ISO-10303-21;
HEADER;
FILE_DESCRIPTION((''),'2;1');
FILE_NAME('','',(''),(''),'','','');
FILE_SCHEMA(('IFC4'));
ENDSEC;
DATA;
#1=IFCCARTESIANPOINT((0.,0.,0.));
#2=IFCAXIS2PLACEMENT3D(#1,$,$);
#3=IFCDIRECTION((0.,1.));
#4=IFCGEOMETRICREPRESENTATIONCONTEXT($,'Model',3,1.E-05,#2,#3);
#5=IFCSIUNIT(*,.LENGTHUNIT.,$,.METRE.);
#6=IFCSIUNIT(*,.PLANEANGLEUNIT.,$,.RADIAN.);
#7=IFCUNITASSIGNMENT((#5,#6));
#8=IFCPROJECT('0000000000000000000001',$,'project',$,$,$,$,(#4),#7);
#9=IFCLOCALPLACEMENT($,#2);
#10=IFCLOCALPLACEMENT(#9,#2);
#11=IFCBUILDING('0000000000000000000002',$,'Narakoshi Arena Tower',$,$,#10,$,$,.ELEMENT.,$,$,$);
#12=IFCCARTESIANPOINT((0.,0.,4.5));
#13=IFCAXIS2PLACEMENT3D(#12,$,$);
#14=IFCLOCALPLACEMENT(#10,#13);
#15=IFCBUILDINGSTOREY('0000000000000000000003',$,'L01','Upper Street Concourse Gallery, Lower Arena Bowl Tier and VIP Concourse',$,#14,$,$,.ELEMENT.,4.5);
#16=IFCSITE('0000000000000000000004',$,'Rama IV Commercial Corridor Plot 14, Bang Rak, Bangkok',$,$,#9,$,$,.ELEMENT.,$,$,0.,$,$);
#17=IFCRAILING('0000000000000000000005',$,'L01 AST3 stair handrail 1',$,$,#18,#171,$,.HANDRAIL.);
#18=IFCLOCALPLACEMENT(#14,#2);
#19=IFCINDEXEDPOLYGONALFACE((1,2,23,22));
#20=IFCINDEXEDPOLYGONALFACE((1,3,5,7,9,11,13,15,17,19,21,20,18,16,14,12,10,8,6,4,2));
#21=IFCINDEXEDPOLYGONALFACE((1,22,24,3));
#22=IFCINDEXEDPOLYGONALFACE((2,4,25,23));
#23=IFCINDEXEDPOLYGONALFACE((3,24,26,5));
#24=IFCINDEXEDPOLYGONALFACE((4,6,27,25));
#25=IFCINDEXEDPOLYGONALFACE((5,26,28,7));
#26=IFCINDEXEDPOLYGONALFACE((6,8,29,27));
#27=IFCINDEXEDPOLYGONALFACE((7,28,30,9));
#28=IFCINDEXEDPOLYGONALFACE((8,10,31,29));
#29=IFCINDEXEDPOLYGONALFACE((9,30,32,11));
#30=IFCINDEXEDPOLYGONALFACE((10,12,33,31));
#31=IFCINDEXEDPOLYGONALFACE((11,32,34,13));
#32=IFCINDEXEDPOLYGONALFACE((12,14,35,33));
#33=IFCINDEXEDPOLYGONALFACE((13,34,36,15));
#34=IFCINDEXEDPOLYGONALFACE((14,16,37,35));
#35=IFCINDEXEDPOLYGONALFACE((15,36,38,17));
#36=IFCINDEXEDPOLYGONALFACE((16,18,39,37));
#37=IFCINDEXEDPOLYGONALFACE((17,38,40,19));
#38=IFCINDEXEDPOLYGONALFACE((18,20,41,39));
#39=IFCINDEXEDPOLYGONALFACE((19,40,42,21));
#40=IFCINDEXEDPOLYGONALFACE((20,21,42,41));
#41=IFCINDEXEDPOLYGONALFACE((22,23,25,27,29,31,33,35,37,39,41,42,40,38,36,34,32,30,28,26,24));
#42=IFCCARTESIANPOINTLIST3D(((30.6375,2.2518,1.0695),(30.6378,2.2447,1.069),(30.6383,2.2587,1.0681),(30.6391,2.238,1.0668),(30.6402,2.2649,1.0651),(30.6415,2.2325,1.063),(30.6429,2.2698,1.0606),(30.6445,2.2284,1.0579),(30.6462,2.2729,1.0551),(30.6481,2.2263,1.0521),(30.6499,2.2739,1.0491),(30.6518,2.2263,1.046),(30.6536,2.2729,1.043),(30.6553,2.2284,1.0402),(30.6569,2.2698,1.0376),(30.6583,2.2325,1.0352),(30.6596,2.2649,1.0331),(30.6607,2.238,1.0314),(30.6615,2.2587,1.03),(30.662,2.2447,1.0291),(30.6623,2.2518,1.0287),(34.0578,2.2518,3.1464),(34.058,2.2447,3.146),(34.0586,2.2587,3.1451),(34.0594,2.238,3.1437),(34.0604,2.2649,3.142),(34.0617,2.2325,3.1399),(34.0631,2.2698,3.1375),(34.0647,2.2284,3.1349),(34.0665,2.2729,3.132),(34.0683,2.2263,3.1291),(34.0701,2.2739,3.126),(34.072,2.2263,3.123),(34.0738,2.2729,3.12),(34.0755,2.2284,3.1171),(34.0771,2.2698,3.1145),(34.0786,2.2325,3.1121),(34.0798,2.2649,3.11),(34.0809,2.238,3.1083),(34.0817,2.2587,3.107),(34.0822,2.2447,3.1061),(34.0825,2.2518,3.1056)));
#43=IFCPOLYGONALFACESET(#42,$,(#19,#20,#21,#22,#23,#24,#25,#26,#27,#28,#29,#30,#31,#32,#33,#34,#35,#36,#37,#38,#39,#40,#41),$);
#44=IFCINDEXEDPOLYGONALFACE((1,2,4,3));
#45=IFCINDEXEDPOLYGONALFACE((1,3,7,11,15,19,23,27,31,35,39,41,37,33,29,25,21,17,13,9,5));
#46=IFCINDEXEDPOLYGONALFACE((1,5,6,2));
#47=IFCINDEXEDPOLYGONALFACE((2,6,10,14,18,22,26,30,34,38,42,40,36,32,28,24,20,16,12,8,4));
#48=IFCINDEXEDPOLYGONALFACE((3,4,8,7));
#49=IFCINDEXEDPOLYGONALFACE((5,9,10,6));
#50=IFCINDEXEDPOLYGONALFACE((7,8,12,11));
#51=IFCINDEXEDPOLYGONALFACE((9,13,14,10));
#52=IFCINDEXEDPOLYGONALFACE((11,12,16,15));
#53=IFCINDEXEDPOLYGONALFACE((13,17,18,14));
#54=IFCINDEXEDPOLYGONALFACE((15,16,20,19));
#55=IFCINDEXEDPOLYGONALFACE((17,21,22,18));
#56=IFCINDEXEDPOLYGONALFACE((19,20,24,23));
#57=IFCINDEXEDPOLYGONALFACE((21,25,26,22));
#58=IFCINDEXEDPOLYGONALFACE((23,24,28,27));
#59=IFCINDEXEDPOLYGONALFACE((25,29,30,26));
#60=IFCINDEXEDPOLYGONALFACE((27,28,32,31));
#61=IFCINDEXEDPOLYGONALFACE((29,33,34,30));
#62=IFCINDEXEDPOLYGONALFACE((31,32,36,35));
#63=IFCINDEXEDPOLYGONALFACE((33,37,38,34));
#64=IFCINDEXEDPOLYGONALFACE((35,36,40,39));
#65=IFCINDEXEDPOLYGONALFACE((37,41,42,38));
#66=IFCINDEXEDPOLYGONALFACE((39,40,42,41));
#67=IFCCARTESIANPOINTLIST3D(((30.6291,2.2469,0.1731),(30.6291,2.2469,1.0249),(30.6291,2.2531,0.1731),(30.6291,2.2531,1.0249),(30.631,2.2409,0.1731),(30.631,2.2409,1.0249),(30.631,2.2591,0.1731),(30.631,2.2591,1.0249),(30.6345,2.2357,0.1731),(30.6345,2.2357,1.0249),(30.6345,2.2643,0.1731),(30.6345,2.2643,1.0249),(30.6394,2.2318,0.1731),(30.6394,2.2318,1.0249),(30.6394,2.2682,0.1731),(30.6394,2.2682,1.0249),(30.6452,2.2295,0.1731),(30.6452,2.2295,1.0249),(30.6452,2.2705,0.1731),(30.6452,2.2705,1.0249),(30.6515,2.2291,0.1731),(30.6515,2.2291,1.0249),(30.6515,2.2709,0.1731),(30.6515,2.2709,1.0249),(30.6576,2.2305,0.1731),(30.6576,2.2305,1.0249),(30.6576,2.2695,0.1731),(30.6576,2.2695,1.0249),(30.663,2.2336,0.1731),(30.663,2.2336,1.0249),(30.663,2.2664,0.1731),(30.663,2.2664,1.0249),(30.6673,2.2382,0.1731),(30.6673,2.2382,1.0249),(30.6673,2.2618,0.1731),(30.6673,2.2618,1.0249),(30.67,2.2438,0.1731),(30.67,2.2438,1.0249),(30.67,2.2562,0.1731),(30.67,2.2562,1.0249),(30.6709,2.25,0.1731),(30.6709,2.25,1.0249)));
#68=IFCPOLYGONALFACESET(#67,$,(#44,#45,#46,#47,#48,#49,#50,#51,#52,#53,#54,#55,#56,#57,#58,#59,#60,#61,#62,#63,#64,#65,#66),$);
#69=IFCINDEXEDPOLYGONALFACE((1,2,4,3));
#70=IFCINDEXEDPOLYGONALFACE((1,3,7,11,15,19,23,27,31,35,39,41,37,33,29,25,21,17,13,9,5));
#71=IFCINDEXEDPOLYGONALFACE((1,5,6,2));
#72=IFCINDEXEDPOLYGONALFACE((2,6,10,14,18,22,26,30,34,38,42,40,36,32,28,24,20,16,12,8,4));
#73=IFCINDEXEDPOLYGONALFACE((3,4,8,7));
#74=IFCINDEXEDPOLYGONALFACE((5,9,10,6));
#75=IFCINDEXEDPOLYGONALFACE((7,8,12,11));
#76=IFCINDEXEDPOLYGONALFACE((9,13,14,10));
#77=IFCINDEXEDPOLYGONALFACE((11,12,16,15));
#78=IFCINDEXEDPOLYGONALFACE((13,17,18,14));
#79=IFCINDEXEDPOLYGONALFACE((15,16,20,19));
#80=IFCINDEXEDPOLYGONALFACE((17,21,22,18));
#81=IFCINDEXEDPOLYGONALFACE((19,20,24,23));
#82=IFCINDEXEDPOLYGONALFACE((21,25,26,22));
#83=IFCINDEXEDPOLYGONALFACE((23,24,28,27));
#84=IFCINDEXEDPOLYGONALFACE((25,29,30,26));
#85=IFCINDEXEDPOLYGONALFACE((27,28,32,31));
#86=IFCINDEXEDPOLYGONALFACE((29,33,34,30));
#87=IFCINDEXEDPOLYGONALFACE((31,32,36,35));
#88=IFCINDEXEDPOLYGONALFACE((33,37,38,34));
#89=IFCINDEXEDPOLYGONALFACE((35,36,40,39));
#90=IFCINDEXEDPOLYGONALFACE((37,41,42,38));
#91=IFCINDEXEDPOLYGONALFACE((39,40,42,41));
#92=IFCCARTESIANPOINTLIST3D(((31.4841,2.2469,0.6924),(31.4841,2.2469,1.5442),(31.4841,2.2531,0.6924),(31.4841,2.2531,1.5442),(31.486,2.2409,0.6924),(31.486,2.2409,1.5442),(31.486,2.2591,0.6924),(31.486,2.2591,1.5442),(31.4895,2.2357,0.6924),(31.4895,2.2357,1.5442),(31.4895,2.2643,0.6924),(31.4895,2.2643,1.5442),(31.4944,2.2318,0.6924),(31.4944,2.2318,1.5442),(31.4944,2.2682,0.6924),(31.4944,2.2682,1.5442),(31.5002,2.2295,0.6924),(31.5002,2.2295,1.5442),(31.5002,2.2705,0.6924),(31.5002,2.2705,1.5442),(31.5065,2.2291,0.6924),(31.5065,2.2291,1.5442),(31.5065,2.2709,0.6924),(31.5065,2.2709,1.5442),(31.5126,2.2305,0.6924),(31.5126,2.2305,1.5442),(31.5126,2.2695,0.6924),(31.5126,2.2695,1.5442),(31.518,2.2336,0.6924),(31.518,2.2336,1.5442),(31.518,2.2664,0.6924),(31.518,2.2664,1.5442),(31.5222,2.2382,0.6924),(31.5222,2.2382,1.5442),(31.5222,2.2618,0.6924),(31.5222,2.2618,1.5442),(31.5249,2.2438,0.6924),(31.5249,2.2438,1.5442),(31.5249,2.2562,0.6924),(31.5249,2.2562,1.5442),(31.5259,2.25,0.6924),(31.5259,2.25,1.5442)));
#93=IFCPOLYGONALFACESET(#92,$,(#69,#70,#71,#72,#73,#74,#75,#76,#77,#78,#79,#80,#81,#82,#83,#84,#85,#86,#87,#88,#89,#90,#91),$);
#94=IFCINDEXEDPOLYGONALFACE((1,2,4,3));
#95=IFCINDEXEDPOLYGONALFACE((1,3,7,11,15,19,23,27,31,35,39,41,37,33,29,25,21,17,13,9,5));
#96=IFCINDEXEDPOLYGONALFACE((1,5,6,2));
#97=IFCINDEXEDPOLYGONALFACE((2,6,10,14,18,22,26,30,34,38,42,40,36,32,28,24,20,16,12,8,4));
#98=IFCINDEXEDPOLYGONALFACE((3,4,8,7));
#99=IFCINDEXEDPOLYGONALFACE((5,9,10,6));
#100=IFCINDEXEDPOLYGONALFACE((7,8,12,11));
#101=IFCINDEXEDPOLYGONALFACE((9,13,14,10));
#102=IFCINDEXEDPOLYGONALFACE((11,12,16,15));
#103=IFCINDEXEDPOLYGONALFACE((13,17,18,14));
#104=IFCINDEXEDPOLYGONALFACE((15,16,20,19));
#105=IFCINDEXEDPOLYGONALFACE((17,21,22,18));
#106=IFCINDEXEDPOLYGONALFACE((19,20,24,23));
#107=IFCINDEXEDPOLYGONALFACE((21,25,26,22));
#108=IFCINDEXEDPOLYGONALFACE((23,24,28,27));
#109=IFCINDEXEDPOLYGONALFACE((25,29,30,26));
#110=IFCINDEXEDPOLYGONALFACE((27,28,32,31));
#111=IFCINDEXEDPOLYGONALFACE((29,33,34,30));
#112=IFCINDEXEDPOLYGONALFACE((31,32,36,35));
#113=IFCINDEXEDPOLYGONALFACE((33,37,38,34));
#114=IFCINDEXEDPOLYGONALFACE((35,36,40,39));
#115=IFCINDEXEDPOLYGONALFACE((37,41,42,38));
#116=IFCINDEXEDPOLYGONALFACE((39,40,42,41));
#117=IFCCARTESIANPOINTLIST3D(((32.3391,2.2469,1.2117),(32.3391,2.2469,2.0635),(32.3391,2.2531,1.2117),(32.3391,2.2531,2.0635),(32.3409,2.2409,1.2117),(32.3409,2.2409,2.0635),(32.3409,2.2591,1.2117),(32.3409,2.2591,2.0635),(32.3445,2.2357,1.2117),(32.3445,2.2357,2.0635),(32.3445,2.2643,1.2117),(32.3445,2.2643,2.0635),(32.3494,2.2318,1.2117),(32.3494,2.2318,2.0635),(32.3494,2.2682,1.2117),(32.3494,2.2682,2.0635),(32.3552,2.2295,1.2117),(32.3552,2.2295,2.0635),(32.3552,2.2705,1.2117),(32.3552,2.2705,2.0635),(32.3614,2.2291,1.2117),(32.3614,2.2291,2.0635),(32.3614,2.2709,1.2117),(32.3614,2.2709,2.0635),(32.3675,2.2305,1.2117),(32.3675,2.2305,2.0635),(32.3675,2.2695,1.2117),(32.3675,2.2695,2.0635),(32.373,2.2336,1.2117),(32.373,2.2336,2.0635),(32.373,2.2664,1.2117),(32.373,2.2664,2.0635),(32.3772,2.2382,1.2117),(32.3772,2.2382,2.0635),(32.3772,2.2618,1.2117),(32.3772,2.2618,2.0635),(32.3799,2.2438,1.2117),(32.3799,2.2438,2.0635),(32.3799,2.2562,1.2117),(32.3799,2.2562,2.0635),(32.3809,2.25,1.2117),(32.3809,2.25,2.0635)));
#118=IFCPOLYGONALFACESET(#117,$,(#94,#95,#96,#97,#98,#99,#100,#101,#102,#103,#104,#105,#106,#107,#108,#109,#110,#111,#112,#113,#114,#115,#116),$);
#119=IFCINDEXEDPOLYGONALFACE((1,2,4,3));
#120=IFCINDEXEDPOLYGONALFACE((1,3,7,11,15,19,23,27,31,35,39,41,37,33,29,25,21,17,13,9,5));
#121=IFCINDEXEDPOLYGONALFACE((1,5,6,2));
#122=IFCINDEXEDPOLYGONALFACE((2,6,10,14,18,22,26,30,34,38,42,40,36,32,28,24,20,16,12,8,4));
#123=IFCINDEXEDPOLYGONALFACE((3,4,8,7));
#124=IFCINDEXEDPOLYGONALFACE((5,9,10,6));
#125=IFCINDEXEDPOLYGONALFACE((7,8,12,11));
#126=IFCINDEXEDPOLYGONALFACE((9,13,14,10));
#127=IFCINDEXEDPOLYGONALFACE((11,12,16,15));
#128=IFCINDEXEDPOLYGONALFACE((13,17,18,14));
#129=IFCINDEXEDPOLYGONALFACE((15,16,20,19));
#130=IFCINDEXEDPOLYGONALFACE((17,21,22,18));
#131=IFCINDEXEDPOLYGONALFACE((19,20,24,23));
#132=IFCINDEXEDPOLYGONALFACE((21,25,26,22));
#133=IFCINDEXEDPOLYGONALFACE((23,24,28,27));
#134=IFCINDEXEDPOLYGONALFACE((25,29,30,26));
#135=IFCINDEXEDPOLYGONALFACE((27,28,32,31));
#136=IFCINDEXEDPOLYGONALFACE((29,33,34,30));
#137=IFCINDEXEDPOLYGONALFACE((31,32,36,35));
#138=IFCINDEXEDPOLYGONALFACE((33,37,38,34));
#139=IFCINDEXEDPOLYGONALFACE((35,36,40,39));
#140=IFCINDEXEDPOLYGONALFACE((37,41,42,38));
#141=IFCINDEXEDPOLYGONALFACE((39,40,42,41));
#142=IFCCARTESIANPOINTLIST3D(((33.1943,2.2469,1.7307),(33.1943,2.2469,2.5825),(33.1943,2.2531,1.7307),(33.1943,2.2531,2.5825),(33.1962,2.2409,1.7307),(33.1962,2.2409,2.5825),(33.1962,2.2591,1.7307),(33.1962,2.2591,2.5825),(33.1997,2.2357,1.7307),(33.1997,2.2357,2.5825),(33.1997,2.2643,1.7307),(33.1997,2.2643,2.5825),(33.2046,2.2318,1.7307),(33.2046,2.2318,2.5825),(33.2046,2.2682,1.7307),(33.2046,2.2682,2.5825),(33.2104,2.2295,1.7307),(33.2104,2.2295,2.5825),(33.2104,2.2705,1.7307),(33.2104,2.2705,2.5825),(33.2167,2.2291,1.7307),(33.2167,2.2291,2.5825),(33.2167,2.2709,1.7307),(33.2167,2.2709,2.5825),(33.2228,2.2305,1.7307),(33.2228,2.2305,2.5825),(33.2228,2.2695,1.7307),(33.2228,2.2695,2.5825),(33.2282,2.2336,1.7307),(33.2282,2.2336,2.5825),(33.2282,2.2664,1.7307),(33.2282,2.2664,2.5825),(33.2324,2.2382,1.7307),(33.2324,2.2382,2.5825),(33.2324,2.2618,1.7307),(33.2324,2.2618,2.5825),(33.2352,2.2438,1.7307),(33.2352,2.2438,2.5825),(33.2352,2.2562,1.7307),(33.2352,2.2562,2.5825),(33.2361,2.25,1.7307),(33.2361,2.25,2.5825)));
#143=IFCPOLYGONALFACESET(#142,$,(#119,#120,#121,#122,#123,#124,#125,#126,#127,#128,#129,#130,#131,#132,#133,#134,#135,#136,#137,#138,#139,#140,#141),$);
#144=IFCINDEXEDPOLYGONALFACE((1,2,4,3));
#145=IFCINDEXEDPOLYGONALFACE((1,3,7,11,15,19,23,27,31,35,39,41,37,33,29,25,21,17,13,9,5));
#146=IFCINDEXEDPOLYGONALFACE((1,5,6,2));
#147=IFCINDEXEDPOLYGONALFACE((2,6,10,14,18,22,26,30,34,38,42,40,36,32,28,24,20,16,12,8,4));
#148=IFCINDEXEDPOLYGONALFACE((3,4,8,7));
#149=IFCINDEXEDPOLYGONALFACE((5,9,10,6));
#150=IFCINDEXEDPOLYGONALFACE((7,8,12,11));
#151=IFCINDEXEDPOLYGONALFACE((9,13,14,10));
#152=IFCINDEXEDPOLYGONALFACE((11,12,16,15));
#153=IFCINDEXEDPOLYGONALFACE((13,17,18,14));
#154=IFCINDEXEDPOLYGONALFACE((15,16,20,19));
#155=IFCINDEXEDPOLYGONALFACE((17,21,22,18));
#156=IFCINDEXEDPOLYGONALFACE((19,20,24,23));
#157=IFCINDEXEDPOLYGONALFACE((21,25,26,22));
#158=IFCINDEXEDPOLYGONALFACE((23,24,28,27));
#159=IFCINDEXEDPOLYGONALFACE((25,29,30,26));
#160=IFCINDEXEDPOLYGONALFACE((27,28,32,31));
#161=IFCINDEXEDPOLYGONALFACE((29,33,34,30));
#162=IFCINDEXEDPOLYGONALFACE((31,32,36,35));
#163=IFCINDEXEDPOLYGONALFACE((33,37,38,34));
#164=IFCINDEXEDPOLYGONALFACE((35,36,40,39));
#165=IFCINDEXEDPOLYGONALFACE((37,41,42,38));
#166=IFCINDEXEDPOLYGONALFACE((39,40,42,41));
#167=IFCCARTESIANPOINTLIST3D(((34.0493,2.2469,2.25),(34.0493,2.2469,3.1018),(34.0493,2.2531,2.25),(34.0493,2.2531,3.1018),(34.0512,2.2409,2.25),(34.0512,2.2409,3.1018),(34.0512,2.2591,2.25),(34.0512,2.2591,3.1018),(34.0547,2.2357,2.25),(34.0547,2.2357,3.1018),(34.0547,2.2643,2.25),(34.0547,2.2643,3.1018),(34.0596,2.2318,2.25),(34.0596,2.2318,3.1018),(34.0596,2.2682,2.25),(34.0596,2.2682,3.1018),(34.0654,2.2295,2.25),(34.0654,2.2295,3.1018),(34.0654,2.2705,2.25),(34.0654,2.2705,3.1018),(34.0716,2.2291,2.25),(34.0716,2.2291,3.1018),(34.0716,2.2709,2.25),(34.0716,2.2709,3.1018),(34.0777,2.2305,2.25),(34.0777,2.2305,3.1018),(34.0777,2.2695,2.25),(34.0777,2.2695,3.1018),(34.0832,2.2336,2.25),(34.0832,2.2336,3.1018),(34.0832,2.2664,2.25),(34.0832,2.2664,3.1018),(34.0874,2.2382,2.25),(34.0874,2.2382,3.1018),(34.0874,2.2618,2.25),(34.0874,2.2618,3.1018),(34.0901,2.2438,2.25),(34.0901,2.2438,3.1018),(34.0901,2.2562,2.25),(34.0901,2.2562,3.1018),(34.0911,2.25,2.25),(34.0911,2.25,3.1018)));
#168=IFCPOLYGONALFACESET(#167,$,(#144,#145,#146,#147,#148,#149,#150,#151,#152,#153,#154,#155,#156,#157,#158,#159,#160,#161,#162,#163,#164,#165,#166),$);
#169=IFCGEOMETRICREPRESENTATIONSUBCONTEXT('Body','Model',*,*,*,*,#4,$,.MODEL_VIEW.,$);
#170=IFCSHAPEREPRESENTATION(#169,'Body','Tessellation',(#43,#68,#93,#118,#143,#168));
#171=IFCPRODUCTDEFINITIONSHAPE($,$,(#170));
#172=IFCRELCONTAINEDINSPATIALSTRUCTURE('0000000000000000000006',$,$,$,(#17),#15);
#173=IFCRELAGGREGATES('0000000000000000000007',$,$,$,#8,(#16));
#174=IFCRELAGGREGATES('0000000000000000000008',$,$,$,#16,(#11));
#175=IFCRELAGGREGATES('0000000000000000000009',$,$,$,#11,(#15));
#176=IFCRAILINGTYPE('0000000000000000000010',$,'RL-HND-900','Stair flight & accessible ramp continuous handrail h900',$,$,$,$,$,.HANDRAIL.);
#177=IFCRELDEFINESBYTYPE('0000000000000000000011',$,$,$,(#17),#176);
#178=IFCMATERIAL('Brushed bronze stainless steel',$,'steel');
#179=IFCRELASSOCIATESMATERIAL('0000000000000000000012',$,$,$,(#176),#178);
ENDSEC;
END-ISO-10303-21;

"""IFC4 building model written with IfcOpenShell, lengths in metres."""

from ifc_helpers import new_model, si_unit, direction, frame, origin, origin_2d, place, context, subcontext, project, spatial, circle, extrude, material, type_object, element, save


model = new_model("IFC4")

# Units and contexts
model_context = context("Model", 3, precision=1e-05, world=origin(), true_north=direction((0.0, 1.0)))
body_context = subcontext(model_context, "Body", "Model", "MODEL_VIEW")
ifc_project = project(units=[si_unit("LENGTHUNIT", "METRE"), si_unit("PLANEANGLEUNIT", "RADIAN")], contexts=[model_context])

# Site, building, storey
site_placement = place(None, origin())
site = spatial("IfcSite", under=ifc_project, at=site_placement, Name="Rama IV Commercial Corridor Plot 14, Bang Rak, Bangkok", CompositionType="ELEMENT", RefElevation=0.0)
building_placement = place(site_placement, origin())
building = spatial("IfcBuilding", under=site, at=building_placement, Name="Narakoshi Arena Tower", CompositionType="ELEMENT")
storey_placement = place(building_placement, frame((0.0, 0.0, 4.5)))
storey = spatial("IfcBuildingStorey", under=building, at=storey_placement, Name="L01", Description="Upper Street Concourse Gallery, Lower Arena Bowl Tier and VIP Concourse", CompositionType="ELEMENT", Elevation=4.5)

# Railing
ifc_material_1 = material(Name="Brushed bronze stainless steel", Category="steel")
railing_type_1 = type_object("IfcRailingType", Name="RL-HND-900", Description="Stair flight & accessible ramp continuous handrail h900", PredefinedType="HANDRAIL", material=ifc_material_1)
railing_1_placement = place(storey_placement, frame((30.6499, 2.25, 0.1731)))
element("IfcRailing", 1, at=railing_1_placement, inside=storey, type_object=railing_type_1, Name="L01 AST3 stair handrail 1", PredefinedType="HANDRAIL", context=body_context, shape_type="SweptSolid", body=[
    extrude(circle(Radius=0.0239, at=origin_2d()), frame((0.0, 0.0, 0.876), z_axis=(0.854746, 0.0, 0.519047), x_axis=(0.0, 1.0, 0.0)), (0.0, 0.0, 1.0), 4.0015),
    extrude(circle(Radius=0.021, at=origin_2d()), origin(), (0.0, 0.0, 1.0), 0.8518),
    extrude(circle(Radius=0.021, at=origin_2d()), frame((0.855, 0.0, 0.5193)), (0.0, 0.0, 1.0), 0.8518),
    extrude(circle(Radius=0.021, at=origin_2d()), frame((1.71, 0.0, 1.0386)), (0.0, 0.0, 1.0), 0.8518),
    extrude(circle(Radius=0.021, at=origin_2d()), frame((2.5652, 0.0, 1.5576)), (0.0, 0.0, 1.0), 0.8518),
    extrude(circle(Radius=0.021, at=origin_2d()), frame((3.4202, 0.0, 2.0769)), (0.0, 0.0, 1.0), 0.8518),
])

save(model, "model.ifc")
